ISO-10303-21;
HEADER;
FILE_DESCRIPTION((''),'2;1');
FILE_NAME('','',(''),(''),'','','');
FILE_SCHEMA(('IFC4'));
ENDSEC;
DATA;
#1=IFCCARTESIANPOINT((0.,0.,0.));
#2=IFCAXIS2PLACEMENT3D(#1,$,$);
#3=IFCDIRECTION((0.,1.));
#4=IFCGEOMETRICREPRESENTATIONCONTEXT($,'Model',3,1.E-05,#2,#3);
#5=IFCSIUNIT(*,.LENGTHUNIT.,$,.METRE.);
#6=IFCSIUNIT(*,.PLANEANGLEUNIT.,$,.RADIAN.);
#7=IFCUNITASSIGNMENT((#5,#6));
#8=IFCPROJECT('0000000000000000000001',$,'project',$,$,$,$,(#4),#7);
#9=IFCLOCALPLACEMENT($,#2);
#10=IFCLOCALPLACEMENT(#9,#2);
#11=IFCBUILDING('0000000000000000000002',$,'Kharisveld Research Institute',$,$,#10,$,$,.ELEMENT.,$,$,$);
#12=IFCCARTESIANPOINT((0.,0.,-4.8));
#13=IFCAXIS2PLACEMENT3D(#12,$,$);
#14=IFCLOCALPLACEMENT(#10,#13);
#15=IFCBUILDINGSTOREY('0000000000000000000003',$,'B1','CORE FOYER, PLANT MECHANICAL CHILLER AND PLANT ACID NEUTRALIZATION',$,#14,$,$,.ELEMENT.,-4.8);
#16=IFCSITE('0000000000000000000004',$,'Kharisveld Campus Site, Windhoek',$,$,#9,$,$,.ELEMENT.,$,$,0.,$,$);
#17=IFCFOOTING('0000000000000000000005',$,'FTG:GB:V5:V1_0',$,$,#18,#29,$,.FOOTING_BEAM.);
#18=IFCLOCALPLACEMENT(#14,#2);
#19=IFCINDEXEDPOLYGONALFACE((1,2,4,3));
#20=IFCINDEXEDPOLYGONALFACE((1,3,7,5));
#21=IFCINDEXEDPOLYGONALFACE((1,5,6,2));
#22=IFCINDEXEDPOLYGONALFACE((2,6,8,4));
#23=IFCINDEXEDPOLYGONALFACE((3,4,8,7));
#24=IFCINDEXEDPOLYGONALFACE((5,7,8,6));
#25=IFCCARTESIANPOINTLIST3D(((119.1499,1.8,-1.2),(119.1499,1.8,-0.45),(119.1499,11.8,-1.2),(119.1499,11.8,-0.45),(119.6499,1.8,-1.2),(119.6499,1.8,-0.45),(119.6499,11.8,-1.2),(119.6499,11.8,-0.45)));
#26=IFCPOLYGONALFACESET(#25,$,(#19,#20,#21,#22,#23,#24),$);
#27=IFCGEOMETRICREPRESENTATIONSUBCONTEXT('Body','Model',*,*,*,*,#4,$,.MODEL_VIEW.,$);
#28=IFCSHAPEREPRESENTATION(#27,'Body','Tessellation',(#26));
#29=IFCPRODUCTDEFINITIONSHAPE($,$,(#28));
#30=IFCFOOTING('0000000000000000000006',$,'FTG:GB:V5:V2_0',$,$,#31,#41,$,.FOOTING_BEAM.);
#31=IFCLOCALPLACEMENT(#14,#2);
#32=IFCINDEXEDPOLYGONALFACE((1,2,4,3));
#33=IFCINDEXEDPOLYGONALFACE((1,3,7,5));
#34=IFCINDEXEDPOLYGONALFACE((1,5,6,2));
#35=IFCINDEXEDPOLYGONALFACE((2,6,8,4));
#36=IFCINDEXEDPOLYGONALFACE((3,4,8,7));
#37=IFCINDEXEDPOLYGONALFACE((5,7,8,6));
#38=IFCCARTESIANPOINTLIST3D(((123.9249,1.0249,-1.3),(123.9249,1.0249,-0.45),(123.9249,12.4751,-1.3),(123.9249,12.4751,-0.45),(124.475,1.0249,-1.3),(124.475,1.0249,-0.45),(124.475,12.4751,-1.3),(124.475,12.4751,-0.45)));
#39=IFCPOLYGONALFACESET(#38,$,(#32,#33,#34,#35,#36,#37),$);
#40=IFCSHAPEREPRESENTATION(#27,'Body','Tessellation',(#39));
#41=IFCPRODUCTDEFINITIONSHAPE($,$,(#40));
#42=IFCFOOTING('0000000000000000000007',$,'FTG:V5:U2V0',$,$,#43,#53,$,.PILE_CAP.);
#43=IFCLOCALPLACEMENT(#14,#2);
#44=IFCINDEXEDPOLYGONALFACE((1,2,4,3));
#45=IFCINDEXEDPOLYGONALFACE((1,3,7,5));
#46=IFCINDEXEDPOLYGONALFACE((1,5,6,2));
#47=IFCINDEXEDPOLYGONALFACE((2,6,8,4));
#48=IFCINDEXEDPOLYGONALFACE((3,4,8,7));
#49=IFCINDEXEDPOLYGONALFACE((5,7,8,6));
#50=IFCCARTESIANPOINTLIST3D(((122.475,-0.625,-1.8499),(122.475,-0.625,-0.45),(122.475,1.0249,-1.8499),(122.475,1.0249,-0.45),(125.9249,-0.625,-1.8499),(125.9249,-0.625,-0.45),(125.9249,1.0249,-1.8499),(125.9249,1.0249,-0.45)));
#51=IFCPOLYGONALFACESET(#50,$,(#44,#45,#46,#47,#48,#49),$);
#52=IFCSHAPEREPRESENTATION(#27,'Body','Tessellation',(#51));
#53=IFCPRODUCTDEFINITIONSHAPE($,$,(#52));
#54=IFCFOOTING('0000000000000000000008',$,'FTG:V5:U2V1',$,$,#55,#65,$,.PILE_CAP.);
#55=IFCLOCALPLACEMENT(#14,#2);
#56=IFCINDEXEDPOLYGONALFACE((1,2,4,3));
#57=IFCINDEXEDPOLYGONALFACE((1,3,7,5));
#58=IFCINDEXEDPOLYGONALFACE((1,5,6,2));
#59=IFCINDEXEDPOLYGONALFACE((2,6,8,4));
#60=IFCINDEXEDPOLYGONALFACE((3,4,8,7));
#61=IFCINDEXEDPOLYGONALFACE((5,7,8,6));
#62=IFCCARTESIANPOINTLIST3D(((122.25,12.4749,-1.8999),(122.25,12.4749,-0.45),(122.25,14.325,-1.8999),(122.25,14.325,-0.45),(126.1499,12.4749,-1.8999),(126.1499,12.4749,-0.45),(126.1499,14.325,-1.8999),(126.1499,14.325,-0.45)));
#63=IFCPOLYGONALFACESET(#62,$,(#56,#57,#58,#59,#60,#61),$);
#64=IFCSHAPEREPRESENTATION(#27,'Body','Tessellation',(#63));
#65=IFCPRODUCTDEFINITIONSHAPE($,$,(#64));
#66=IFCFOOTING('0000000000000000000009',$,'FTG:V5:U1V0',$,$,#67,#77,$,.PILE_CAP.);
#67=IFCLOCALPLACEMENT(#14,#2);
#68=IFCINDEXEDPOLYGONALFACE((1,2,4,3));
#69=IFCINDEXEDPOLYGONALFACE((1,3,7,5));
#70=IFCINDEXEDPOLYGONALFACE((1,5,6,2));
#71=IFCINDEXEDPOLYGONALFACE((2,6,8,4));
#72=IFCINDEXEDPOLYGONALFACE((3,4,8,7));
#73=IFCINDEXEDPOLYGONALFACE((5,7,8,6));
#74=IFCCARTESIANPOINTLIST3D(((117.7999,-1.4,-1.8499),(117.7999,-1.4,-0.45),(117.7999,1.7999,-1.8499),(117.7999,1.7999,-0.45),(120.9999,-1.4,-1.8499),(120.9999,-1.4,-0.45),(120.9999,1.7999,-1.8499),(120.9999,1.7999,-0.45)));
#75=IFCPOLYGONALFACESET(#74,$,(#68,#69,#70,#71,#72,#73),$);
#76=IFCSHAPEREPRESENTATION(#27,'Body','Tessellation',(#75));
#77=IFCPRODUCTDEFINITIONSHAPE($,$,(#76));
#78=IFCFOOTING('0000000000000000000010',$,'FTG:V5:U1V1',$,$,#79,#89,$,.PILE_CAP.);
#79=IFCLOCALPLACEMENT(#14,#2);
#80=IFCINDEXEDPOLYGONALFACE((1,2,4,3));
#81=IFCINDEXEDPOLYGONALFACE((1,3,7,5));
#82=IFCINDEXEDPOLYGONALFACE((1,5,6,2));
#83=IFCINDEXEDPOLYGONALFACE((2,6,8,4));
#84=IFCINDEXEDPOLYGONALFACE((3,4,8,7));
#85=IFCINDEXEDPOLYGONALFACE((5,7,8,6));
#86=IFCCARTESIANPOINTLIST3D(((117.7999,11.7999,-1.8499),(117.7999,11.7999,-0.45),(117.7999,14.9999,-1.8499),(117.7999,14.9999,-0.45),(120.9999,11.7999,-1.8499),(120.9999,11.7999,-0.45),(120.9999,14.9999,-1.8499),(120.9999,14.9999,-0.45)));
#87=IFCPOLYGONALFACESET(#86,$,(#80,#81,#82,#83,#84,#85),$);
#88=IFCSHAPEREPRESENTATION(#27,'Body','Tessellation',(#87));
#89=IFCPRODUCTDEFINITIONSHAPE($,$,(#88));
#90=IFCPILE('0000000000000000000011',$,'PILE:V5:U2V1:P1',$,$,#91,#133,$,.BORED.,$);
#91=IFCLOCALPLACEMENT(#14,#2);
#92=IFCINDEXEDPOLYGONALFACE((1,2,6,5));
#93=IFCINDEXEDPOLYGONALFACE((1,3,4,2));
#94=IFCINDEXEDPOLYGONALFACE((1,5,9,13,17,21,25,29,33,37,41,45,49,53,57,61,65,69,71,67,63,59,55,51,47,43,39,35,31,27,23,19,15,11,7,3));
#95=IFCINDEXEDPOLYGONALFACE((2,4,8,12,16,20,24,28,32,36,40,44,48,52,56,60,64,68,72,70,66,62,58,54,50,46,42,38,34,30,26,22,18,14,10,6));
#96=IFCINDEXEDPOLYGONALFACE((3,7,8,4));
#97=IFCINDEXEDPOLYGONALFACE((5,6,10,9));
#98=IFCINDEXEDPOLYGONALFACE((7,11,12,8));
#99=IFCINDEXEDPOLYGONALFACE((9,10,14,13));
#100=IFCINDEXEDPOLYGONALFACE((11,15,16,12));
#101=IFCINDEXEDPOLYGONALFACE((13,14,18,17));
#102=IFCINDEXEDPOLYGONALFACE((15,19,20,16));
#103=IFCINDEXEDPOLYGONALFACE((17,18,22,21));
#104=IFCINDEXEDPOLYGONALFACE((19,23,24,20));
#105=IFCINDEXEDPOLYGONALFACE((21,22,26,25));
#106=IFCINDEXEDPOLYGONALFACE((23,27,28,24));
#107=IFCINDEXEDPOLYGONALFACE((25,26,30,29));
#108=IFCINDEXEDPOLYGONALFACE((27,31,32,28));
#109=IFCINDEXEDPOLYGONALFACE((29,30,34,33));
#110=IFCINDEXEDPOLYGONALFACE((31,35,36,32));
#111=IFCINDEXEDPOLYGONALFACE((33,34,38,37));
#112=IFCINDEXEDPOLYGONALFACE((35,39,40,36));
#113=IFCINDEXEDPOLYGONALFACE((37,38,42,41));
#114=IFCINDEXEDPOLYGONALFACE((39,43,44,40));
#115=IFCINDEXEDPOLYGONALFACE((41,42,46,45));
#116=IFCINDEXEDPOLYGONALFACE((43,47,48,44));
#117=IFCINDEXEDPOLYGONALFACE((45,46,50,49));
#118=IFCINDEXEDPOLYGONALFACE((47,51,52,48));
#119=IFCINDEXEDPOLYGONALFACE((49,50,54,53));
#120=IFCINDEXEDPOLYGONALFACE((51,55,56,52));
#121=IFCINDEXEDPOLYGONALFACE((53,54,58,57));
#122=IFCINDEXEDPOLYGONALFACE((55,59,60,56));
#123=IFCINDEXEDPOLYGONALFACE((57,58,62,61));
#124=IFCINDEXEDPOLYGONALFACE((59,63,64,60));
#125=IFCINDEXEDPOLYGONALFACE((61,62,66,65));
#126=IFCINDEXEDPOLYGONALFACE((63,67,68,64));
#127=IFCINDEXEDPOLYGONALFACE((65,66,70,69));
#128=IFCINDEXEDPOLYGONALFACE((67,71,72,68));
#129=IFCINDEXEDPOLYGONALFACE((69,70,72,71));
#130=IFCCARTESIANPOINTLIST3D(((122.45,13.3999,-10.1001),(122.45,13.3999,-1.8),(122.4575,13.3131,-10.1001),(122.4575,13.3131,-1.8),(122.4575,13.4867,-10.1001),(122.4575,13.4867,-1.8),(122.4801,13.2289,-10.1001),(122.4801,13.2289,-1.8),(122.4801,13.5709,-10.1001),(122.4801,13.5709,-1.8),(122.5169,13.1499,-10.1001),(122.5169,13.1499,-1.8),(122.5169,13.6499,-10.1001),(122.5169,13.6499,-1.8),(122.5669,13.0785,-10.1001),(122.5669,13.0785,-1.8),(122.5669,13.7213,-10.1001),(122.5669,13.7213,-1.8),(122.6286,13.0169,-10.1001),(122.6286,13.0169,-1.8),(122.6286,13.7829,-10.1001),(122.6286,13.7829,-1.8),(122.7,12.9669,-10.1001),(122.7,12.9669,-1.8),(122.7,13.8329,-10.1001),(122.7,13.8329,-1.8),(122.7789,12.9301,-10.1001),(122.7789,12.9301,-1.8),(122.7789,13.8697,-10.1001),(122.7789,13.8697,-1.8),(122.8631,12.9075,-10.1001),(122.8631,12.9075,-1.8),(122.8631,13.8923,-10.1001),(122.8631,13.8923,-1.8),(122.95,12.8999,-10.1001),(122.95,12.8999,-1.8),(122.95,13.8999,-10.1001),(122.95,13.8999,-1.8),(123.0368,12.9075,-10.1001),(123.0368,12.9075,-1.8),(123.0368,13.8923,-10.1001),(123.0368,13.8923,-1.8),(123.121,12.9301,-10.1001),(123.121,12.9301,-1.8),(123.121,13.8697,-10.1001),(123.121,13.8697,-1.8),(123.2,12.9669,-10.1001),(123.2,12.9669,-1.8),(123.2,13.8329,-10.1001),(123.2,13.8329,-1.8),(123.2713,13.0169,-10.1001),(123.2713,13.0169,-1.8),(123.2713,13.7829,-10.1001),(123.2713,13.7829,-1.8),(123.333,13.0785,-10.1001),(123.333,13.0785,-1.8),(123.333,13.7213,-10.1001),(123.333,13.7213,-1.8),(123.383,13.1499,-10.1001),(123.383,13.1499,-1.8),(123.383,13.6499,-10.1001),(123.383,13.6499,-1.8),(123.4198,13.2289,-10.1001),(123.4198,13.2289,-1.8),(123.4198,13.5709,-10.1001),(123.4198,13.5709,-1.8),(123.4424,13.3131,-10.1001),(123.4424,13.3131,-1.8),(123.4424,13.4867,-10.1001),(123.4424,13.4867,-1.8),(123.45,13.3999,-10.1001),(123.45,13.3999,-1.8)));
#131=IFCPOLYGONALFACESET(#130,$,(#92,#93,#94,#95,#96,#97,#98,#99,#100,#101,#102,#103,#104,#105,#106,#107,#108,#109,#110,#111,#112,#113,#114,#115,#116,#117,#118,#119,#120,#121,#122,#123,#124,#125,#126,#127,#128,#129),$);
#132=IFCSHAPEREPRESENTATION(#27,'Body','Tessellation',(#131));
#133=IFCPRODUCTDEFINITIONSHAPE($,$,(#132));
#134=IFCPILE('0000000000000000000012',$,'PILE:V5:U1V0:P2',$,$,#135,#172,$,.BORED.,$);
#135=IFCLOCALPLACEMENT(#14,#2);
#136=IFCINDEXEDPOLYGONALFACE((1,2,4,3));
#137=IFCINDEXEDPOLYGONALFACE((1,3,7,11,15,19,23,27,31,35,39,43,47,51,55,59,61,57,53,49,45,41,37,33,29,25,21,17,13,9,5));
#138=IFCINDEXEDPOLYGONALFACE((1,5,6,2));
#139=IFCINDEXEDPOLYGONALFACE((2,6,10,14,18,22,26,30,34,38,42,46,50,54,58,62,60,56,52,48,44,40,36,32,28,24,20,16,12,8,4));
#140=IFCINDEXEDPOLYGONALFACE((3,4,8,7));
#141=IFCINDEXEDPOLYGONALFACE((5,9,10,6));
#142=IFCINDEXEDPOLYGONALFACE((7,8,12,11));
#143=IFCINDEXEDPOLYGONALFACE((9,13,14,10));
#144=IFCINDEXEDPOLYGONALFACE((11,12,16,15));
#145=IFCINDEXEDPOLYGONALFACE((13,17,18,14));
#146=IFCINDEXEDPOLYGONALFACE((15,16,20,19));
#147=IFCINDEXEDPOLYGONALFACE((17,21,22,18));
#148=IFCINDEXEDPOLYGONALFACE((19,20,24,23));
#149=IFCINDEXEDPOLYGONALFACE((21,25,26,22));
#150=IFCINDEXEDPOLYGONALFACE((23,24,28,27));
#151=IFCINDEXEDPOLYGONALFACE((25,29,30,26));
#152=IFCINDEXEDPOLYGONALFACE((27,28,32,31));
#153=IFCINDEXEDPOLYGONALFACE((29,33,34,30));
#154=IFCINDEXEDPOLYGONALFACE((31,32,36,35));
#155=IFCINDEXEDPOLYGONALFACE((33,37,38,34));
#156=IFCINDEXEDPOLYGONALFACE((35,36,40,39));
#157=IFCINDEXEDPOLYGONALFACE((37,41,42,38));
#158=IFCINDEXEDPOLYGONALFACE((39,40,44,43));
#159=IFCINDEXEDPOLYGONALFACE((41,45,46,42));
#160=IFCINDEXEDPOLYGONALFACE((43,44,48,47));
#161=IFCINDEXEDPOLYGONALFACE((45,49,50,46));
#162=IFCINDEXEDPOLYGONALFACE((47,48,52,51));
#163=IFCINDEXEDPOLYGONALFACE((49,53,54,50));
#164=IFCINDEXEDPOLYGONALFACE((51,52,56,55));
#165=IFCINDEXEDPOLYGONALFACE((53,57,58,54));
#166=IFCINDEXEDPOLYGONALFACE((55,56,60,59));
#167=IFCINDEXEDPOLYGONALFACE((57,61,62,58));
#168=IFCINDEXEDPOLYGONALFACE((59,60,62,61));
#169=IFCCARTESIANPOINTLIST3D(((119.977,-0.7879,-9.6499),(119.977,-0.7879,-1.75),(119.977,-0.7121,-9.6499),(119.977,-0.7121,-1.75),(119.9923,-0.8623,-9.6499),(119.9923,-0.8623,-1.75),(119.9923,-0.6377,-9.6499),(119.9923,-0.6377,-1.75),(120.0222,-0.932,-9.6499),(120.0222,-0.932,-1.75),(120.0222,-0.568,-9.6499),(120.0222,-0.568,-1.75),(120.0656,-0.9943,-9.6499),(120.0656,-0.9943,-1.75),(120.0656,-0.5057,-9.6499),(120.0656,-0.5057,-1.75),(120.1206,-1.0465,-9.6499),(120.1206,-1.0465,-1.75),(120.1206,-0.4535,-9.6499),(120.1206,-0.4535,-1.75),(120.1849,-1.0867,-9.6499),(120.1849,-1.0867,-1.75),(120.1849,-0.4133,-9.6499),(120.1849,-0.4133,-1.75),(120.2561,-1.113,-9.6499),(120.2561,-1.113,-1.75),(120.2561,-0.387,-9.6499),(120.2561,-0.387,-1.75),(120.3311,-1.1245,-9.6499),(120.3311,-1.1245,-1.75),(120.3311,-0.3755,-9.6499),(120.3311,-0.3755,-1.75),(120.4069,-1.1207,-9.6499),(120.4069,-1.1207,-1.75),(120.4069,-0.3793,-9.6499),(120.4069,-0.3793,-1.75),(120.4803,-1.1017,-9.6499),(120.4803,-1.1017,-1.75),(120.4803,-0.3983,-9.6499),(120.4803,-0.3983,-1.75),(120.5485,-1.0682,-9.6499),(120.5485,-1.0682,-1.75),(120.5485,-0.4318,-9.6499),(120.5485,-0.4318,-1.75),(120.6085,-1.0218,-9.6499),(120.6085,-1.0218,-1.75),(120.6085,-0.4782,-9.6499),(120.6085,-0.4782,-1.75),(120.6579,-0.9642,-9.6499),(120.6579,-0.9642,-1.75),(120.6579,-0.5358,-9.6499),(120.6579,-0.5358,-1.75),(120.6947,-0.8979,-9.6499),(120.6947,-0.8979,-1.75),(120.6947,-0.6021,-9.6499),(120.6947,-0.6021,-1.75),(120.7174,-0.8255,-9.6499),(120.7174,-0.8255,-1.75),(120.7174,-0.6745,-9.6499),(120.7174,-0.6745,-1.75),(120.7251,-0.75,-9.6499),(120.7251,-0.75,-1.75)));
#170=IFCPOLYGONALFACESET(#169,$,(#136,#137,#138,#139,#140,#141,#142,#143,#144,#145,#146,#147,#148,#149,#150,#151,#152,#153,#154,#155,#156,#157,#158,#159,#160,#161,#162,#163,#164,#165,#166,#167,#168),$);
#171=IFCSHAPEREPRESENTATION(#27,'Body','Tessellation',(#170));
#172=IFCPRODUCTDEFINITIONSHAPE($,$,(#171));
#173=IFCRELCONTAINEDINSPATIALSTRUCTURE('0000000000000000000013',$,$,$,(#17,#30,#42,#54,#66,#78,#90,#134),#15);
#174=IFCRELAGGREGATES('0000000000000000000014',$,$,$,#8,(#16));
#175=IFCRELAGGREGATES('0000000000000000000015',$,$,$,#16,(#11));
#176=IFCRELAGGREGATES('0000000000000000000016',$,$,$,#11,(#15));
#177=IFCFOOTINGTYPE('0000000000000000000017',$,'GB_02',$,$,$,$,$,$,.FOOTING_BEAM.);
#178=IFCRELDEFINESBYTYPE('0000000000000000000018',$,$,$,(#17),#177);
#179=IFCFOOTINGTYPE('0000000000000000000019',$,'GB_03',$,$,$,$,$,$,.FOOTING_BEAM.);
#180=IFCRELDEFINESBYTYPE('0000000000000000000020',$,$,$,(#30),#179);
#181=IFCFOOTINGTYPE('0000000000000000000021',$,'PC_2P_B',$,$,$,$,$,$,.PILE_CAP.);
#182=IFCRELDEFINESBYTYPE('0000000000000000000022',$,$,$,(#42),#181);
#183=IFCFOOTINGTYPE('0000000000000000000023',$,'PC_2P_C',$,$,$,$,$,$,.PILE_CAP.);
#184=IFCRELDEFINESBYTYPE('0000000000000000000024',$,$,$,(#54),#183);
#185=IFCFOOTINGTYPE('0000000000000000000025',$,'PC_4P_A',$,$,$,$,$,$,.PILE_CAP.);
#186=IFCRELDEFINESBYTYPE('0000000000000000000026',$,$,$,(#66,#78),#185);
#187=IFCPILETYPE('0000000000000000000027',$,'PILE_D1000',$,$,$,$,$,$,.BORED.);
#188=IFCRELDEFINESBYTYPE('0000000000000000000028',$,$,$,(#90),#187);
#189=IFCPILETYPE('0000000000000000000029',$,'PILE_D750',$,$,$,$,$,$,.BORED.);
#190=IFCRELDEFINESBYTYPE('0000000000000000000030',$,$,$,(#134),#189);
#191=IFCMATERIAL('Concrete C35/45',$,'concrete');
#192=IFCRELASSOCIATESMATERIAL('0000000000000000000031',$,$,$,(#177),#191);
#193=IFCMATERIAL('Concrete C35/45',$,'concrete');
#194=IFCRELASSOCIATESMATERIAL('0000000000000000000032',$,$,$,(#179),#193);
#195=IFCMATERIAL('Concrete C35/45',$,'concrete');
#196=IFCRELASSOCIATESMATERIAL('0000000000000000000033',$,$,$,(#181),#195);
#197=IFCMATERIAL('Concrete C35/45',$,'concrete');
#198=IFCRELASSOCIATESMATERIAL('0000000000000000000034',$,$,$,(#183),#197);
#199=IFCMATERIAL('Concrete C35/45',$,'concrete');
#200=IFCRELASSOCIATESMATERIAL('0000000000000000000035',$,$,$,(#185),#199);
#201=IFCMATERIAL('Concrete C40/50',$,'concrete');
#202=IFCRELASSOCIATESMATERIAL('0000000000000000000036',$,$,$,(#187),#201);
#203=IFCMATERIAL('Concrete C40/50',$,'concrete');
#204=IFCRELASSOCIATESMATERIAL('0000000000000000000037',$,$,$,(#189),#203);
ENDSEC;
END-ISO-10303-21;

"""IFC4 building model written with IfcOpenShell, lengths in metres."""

from ifc_helpers import new_model, si_unit, direction, frame, origin, origin_2d, place, context, subcontext, project, spatial, rectangle, circle, extrude, material, material_profile, profile_set, type_object, element, save


model = new_model("IFC4")

# Units and contexts
model_context = context("Model", 3, precision=1e-05, world=origin(), true_north=direction((0.0, 1.0)))
body_context = subcontext(model_context, "Body", "Model", "MODEL_VIEW")
ifc_project = project(units=[si_unit("LENGTHUNIT", "METRE"), si_unit("PLANEANGLEUNIT", "RADIAN")], contexts=[model_context])

# Site, building, storey
site_placement = place(None, origin())
site = spatial("IfcSite", under=ifc_project, at=site_placement, Name="Kharisveld Campus Site, Windhoek", CompositionType="ELEMENT", RefElevation=0.0)
building_placement = place(site_placement, origin())
building = spatial("IfcBuilding", under=site, at=building_placement, Name="Kharisveld Research Institute", CompositionType="ELEMENT")
storey_placement = place(building_placement, frame((0.0, 0.0, -4.8)))
storey = spatial("IfcBuildingStorey", under=building, at=storey_placement, Name="B1", Description="CORE FOYER, PLANT MECHANICAL CHILLER AND PLANT ACID NEUTRALIZATION", CompositionType="ELEMENT", Elevation=-4.8)

# Footings
ifc_material_1 = material(Name="Concrete C35/45", Category="concrete")
ifc_material_profile_1 = material_profile(ifc_material_1, rectangle(XDim=0.5, YDim=0.75, at=origin_2d()))
ifc_profile_set_1 = profile_set([ifc_material_profile_1], Name="Concrete C35/45")
footing_type_1 = type_object("IfcFootingType", Name="GB_02", PredefinedType="FOOTING_BEAM", material=ifc_profile_set_1)
footing_1_placement = place(storey_placement, frame((119.3999, 1.8, -0.825), z_axis=(0.0, 1.0, 0.0), x_axis=(-1.0, 0.0, 0.0)))
element("IfcFooting", 1, at=footing_1_placement, inside=storey, type_object=footing_type_1, Name="FTG:GB:V5:V1_0", PredefinedType="FOOTING_BEAM", context=body_context, shape_type="SweptSolid", body=[
    extrude(rectangle(XDim=0.5, YDim=0.75, at=origin_2d()), origin(), (0.0, 0.0, 1.0), 10.0),
])
ifc_material_2 = material(Name="Concrete C35/45", Category="concrete")
ifc_material_profile_2 = material_profile(ifc_material_2, rectangle(XDim=0.55, YDim=0.8501, at=origin_2d()))
ifc_profile_set_2 = profile_set([ifc_material_profile_2], Name="Concrete C35/45")
footing_type_2 = type_object("IfcFootingType", Name="GB_03", PredefinedType="FOOTING_BEAM", material=ifc_profile_set_2)
footing_2_placement = place(storey_placement, frame((124.2, 1.0249, -0.875), z_axis=(0.0, 1.0, 0.0), x_axis=(-1.0, 0.0, 0.0)))
element("IfcFooting", 2, at=footing_2_placement, inside=storey, type_object=footing_type_2, Name="FTG:GB:V5:V2_0", PredefinedType="FOOTING_BEAM", context=body_context, shape_type="SweptSolid", body=[
    extrude(rectangle(XDim=0.55, YDim=0.8501, at=origin_2d()), origin(), (0.0, 0.0, 1.0), 11.4502),
])
ifc_material_3 = material(Name="Concrete C35/45", Category="concrete")
footing_type_3 = type_object("IfcFootingType", Name="PC_2P_B", PredefinedType="PILE_CAP", material=ifc_material_3)
footing_3_placement = place(storey_placement, frame((124.2, 0.2, -1.8499), z_axis=(0.0, 0.0, 1.0), x_axis=(1.0, 0.0, 0.0)))
element("IfcFooting", 3, at=footing_3_placement, inside=storey, type_object=footing_type_3, Name="FTG:V5:U2V0", PredefinedType="PILE_CAP", context=body_context, shape_type="SweptSolid", body=[
    extrude(rectangle(XDim=3.45, YDim=1.6499, at=origin_2d()), origin(), (0.0, 0.0, 1.0), 1.3999),
])
ifc_material_4 = material(Name="Concrete C35/45", Category="concrete")
footing_type_4 = type_object("IfcFootingType", Name="PC_2P_C", PredefinedType="PILE_CAP", material=ifc_material_4)
footing_4_placement = place(storey_placement, frame((124.2, 13.3999, -1.8999), z_axis=(0.0, 0.0, 1.0), x_axis=(1.0, 0.0, 0.0)))
element("IfcFooting", 4, at=footing_4_placement, inside=storey, type_object=footing_type_4, Name="FTG:V5:U2V1", PredefinedType="PILE_CAP", context=body_context, shape_type="SweptSolid", body=[
    extrude(rectangle(XDim=3.8999, YDim=1.8501, at=origin_2d()), origin(), (0.0, 0.0, 1.0), 1.45),
])
ifc_material_5 = material(Name="Concrete C35/45", Category="concrete")
footing_type_5 = type_object("IfcFootingType", Name="PC_4P_A", PredefinedType="PILE_CAP", material=ifc_material_5)
for number, where, z_axis, x_axis, name in (
    (5, (119.3999, 0.2, -1.8499), (0.0, 0.0, 1.0), (1.0, 0.0, 0.0), "FTG:V5:U1V0"),
    (6, (119.3999, 13.3999, -1.8499), (0.0, 0.0, 1.0), (1.0, 0.0, 0.0), "FTG:V5:U1V1"),
):
    element("IfcFooting", number, at=place(storey_placement, frame(where, z_axis=z_axis, x_axis=x_axis)), inside=storey, type_object=footing_type_5, Name=name, PredefinedType="PILE_CAP", context=body_context, shape_type="SweptSolid", body=[
        extrude(rectangle(XDim=3.2, YDim=3.2, at=origin_2d()), origin(), (0.0, 0.0, 1.0), 1.3999),
    ])

# Piles
ifc_material_6 = material(Name="Concrete C40/50", Category="concrete")
ifc_material_profile_3 = material_profile(ifc_material_6, circle(Radius=0.5, at=origin_2d()))
ifc_profile_set_3 = profile_set([ifc_material_profile_3], Name="Concrete C40/50")
pile_type_1 = type_object("IfcPileType", Name="PILE_D1000", PredefinedType="BORED", material=ifc_profile_set_3)
pile_1_placement = place(storey_placement, frame((122.95, 13.3999, -1.8), z_axis=(0.0, 0.0, -1.0), x_axis=(1.0, 0.0, 0.0)))
element("IfcPile", 7, at=pile_1_placement, inside=storey, type_object=pile_type_1, Name="PILE:V5:U2V1:P1", PredefinedType="BORED", context=body_context, shape_type="SweptSolid", body=[
    extrude(circle(Radius=0.5, at=origin_2d()), origin(), (0.0, 0.0, 1.0), 8.3),
])
ifc_material_7 = material(Name="Concrete C40/50", Category="concrete")
ifc_material_profile_4 = material_profile(ifc_material_7, circle(Radius=0.375, at=origin_2d()))
ifc_profile_set_4 = profile_set([ifc_material_profile_4], Name="Concrete C40/50")
pile_type_2 = type_object("IfcPileType", Name="PILE_D750", PredefinedType="BORED", material=ifc_profile_set_4)
for number, where, z_axis, x_axis, name in (
    (8, (120.3501, -0.75, -1.75), (0.0, 0.0, -1.0), (1.0, 0.0, 0.0), "PILE:V5:U1V0:P2"),
):
    element("IfcPile", number, at=place(storey_placement, frame(where, z_axis=z_axis, x_axis=x_axis)), inside=storey, type_object=pile_type_2, Name=name, PredefinedType="BORED", context=body_context, shape_type="SweptSolid", body=[
        extrude(circle(Radius=0.375, at=origin_2d()), origin(), (0.0, 0.0, 1.0), 7.8999),
    ])

save(model, "model.ifc")
